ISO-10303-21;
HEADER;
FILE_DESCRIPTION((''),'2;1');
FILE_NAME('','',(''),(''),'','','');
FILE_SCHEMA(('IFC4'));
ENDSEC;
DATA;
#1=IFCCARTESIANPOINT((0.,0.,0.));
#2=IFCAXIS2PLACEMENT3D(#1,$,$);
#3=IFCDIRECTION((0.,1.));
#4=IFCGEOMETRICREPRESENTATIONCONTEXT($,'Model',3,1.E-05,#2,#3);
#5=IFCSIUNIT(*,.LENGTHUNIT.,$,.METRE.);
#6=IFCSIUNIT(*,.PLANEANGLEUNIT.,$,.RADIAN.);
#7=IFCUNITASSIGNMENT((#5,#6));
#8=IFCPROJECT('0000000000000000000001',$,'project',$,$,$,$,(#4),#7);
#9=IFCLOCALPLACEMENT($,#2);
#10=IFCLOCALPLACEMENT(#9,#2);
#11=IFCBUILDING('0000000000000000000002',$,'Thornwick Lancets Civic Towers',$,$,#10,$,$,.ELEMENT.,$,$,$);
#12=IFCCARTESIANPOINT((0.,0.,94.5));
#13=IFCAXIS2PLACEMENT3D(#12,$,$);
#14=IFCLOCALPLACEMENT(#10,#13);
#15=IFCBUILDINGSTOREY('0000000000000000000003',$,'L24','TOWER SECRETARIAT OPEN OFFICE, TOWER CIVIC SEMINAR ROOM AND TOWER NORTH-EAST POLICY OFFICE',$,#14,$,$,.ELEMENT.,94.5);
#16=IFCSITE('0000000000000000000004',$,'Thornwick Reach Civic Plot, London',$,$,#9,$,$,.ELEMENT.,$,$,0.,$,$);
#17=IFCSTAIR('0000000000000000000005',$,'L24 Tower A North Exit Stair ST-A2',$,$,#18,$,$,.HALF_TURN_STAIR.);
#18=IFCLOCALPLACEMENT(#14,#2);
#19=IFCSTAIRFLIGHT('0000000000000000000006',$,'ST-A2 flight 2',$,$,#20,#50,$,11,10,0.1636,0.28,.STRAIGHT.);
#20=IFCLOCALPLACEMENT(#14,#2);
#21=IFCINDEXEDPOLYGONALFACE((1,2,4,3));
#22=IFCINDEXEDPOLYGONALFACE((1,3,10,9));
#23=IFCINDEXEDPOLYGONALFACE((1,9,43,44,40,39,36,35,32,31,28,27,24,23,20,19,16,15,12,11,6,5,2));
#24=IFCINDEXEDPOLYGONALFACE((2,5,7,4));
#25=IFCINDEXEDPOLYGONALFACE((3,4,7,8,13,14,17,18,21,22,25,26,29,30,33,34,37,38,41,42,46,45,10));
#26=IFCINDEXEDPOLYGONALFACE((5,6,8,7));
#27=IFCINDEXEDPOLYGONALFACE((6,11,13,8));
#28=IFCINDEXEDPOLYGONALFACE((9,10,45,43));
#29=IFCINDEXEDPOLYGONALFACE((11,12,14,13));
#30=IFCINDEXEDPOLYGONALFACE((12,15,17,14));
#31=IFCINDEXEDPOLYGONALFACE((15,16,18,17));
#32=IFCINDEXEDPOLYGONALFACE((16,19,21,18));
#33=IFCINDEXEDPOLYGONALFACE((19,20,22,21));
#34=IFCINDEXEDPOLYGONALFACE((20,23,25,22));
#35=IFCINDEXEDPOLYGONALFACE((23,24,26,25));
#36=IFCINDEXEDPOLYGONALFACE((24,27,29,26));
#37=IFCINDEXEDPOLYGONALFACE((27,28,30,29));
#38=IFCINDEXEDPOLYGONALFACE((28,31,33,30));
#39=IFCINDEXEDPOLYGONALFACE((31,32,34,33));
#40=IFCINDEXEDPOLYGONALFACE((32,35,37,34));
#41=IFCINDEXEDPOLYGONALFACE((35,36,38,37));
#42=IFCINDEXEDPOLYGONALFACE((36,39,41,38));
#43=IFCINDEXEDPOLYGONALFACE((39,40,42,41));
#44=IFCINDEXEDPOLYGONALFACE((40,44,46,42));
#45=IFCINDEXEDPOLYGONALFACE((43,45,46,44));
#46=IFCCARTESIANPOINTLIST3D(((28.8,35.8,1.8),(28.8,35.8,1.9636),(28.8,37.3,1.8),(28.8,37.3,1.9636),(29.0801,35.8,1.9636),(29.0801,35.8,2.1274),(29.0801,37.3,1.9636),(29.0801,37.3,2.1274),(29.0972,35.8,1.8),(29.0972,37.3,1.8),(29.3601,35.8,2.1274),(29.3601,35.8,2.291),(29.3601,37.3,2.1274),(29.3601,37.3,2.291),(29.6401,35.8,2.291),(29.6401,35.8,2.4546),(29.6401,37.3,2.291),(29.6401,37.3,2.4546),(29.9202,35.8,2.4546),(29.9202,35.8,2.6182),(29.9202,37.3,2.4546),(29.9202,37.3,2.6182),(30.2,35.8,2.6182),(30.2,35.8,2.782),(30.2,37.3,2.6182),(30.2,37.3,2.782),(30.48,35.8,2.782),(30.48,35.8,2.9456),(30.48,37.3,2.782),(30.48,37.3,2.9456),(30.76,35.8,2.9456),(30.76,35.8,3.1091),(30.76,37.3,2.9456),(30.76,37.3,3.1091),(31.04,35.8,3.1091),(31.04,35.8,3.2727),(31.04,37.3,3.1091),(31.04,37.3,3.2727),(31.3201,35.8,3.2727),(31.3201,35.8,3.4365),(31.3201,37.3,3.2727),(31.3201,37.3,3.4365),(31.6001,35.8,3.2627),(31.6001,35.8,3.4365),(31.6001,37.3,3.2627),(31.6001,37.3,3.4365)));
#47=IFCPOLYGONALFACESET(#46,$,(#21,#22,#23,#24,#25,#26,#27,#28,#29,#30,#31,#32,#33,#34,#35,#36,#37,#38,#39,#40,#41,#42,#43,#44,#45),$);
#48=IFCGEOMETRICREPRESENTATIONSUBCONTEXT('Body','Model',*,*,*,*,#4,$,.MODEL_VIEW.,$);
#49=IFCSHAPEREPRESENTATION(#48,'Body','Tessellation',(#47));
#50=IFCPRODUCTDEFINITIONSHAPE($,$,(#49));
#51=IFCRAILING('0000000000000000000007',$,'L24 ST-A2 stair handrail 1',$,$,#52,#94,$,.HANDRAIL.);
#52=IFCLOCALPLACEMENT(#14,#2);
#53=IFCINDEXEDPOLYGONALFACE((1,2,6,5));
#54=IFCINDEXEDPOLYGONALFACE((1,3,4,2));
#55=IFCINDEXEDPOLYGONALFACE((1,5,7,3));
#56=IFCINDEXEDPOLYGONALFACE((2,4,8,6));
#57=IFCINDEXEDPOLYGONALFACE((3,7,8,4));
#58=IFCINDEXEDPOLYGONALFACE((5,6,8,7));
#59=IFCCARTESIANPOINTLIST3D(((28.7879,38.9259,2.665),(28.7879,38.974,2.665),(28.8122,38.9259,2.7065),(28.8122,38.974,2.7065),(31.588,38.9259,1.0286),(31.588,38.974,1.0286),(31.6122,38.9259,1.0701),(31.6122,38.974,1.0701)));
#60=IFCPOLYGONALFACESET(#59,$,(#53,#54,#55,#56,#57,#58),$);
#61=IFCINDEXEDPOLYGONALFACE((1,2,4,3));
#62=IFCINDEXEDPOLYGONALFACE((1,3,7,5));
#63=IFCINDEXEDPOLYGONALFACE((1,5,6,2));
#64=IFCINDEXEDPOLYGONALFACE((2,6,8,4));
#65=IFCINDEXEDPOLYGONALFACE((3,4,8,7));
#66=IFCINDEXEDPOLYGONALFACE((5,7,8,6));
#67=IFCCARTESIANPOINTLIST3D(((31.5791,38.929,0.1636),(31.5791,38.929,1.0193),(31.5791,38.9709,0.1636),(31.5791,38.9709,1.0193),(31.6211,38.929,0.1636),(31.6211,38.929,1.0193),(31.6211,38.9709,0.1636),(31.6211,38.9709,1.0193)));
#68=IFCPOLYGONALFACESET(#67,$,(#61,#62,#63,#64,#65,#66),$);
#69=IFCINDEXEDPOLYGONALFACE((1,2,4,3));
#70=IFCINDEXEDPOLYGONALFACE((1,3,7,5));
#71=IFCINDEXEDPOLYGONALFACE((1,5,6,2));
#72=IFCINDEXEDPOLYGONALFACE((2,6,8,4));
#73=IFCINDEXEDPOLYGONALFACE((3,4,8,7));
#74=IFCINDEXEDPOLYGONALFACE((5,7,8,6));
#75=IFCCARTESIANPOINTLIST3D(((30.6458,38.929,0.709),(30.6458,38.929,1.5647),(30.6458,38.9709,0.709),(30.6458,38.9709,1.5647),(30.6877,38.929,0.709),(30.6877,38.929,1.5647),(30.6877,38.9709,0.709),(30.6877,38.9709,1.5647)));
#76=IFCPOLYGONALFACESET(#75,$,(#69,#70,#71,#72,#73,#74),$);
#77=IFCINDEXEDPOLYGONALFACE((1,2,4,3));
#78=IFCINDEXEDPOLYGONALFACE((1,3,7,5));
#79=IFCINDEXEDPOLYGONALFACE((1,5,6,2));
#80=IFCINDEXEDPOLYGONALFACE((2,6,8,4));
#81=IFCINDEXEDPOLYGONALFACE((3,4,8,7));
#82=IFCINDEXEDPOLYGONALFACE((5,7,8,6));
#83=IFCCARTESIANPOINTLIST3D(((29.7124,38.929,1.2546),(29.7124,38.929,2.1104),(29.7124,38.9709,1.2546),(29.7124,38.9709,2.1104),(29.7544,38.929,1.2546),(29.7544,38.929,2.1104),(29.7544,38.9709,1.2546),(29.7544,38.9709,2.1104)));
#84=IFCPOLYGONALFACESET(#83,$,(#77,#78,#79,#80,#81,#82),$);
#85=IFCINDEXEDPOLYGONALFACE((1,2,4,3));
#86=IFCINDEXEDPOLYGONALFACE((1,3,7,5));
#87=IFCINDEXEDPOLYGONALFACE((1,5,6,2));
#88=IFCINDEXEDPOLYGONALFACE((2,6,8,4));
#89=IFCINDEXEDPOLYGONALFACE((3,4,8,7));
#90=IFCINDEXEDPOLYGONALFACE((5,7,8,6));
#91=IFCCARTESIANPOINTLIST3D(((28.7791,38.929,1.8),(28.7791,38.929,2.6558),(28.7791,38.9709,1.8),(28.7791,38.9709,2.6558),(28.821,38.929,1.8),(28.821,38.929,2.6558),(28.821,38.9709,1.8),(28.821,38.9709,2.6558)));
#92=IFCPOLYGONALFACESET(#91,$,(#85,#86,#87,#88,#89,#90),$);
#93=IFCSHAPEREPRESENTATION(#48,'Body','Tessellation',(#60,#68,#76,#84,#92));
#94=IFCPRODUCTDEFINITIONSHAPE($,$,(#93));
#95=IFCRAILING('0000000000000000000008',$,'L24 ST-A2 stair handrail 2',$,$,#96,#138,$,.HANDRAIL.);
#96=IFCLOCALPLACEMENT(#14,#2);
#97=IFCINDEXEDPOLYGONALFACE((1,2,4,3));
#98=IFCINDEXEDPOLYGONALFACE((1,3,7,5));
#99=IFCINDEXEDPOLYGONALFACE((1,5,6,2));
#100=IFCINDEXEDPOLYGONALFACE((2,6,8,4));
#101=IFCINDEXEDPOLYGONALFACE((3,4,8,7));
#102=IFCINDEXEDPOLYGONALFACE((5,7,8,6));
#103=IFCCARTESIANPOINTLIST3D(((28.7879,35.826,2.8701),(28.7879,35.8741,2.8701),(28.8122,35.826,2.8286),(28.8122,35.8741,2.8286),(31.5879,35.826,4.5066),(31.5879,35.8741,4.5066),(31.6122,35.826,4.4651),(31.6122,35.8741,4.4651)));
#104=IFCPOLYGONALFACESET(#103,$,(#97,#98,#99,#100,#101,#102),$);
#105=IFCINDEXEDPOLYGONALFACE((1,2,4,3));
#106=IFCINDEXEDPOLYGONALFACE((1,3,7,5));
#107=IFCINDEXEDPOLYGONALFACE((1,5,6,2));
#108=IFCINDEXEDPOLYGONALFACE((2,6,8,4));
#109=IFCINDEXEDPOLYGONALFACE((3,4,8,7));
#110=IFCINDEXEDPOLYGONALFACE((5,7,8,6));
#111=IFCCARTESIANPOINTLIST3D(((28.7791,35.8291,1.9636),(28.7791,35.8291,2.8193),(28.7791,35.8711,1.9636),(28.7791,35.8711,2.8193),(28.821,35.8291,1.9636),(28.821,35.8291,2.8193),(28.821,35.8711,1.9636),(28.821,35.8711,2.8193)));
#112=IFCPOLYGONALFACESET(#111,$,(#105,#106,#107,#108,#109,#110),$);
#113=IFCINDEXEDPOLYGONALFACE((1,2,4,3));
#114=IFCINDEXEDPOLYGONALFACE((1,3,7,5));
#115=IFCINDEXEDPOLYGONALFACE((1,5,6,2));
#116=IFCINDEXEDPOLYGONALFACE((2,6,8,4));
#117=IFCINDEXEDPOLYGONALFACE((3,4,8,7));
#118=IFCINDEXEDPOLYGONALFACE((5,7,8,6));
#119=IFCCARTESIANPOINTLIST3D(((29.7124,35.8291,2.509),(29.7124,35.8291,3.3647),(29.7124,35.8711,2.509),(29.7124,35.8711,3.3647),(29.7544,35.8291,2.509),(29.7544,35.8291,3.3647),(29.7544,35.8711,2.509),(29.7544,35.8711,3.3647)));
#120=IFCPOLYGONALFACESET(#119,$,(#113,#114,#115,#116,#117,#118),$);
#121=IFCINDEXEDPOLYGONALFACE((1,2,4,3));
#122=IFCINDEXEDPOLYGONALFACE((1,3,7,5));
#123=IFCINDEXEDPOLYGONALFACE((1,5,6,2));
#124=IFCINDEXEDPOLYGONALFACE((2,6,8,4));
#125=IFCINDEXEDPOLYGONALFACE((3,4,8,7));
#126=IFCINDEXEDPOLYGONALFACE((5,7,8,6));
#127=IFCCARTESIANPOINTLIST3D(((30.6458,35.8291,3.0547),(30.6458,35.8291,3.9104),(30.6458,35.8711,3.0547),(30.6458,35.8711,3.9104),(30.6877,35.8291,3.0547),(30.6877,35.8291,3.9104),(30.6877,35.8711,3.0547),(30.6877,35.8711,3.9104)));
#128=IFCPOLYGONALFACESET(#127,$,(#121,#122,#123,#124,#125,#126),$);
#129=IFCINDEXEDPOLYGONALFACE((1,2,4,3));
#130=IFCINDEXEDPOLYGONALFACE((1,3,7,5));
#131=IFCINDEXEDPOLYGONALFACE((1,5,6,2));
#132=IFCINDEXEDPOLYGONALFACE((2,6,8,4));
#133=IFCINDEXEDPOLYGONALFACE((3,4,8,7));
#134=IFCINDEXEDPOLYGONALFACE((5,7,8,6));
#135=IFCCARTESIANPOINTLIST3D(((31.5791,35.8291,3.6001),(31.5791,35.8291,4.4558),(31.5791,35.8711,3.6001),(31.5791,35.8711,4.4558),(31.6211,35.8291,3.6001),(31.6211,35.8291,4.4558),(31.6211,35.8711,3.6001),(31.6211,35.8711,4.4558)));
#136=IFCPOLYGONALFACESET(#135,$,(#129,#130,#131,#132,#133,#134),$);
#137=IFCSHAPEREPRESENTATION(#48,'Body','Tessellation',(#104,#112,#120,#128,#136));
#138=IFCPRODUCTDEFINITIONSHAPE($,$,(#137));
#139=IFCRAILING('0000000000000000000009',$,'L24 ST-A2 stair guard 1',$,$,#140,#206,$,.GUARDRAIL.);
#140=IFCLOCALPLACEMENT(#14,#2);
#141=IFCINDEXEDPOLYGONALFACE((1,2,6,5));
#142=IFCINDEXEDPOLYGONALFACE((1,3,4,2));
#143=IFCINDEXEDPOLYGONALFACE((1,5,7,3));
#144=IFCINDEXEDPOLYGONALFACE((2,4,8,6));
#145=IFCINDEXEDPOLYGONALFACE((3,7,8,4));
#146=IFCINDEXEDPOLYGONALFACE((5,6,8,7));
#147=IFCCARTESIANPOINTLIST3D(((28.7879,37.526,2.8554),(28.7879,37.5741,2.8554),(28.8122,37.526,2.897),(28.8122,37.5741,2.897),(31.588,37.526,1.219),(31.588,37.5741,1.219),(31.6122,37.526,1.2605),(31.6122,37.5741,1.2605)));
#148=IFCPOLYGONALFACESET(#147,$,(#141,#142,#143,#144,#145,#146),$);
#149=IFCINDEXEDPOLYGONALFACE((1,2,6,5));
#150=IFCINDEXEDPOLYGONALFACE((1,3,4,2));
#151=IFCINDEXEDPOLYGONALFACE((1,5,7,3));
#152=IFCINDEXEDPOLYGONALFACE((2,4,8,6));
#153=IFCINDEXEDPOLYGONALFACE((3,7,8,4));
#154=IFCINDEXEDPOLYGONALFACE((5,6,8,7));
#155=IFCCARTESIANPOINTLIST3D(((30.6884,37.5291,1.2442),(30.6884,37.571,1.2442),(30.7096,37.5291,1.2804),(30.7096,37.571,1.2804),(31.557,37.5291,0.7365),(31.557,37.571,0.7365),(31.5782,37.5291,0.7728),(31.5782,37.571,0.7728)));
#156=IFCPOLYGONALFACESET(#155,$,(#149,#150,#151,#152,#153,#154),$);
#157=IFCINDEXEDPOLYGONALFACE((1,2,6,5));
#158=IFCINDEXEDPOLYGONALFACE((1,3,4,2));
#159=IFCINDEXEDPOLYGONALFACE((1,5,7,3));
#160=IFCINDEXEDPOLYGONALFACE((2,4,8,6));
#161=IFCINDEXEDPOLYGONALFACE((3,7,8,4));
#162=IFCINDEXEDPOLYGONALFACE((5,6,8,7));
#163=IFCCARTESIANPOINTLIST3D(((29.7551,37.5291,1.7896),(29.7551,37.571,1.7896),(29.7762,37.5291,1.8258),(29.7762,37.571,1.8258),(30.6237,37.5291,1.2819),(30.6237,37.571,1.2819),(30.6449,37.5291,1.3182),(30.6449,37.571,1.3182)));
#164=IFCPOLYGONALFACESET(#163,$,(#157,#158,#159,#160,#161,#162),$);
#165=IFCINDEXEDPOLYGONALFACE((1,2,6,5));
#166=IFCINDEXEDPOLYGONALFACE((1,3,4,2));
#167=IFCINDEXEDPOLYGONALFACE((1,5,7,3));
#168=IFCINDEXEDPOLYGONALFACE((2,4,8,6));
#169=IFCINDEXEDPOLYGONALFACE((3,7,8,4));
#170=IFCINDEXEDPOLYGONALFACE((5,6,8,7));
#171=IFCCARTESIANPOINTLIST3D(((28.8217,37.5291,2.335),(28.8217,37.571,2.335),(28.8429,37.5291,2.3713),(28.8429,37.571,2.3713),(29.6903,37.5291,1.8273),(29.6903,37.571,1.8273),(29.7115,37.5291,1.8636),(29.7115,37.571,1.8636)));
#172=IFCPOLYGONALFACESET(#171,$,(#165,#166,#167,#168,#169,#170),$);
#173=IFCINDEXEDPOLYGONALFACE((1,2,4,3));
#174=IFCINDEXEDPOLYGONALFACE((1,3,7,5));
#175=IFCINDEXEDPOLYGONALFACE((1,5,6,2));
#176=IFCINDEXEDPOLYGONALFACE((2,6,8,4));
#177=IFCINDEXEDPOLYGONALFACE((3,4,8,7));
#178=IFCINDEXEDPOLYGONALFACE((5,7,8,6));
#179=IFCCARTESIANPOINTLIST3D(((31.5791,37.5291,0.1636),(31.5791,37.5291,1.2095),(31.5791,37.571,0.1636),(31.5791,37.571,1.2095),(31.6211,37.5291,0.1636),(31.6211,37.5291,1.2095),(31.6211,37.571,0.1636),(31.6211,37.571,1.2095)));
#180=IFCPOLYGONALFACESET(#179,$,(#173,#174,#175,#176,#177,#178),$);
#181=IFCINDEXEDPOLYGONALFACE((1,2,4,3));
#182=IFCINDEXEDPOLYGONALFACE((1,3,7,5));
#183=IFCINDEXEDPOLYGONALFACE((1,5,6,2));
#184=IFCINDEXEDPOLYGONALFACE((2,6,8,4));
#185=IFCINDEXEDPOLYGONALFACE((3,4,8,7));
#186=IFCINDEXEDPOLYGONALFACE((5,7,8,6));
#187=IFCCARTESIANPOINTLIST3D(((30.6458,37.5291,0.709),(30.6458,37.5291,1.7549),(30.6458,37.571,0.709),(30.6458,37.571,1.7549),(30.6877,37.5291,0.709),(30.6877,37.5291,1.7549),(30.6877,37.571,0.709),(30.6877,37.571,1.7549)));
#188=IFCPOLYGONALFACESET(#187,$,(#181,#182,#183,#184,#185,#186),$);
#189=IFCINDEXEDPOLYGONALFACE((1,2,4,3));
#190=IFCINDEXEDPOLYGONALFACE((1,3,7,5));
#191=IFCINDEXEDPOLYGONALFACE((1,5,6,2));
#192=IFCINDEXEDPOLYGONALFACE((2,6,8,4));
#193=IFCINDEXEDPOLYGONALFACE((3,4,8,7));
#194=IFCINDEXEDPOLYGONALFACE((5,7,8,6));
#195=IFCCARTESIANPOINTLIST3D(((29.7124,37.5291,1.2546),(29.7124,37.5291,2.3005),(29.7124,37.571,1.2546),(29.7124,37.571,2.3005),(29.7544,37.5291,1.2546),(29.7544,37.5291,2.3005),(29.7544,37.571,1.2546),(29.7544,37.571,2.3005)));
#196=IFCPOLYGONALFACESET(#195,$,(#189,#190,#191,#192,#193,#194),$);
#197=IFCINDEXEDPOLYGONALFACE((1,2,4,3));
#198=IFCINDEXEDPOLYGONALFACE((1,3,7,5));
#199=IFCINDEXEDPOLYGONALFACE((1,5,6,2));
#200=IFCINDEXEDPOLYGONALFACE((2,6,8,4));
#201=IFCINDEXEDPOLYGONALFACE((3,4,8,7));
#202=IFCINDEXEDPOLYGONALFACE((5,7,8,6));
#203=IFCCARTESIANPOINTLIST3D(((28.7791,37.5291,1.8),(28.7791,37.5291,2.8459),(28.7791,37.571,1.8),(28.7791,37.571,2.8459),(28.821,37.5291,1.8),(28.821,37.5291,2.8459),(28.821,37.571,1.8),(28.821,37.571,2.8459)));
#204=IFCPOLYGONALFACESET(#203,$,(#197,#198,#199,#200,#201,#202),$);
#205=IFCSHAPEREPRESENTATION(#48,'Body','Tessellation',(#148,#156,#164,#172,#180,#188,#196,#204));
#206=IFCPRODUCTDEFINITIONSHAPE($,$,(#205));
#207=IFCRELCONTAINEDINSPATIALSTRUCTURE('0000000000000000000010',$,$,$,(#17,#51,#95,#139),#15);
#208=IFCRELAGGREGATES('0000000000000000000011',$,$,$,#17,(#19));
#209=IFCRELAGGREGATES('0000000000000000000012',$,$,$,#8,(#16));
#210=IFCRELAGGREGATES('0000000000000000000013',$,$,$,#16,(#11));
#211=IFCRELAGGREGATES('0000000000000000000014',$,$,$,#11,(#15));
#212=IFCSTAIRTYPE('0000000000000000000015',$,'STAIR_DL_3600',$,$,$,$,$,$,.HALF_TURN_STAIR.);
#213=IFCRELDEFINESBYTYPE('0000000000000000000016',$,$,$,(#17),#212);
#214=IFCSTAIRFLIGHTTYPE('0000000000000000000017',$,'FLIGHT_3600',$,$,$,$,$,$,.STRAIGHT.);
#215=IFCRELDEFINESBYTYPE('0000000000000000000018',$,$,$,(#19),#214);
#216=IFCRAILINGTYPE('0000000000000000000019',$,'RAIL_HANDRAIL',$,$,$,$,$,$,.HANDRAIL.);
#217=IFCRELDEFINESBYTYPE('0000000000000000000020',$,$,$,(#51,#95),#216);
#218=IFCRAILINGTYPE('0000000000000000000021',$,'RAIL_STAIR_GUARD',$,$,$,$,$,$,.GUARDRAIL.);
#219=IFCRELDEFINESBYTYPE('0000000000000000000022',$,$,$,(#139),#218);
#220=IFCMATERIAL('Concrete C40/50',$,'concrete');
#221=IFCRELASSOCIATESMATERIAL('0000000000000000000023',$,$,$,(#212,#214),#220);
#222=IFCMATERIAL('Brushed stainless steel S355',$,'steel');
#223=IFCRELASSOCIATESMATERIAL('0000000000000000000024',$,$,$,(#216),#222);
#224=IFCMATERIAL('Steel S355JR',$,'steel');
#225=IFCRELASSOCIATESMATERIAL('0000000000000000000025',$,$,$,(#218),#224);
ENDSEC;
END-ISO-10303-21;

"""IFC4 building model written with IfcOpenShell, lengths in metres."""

from ifc_helpers import new_model, si_unit, direction, frame, origin, origin_2d, place, context, subcontext, project, spatial, polyline, rectangle, outline, extrude, material, type_object, element, aggregate, save


model = new_model("IFC4")

# Units and contexts
model_context = context("Model", 3, precision=1e-05, world=origin(), true_north=direction((0.0, 1.0)))
body_context = subcontext(model_context, "Body", "Model", "MODEL_VIEW")
ifc_project = project(units=[si_unit("LENGTHUNIT", "METRE"), si_unit("PLANEANGLEUNIT", "RADIAN")], contexts=[model_context])

# Site, building, storey
site_placement = place(None, origin())
site = spatial("IfcSite", under=ifc_project, at=site_placement, Name="Thornwick Reach Civic Plot, London", CompositionType="ELEMENT", RefElevation=0.0)
building_placement = place(site_placement, origin())
building = spatial("IfcBuilding", under=site, at=building_placement, Name="Thornwick Lancets Civic Towers", CompositionType="ELEMENT")
storey_placement = place(building_placement, frame((0.0, 0.0, 94.5)))
storey = spatial("IfcBuildingStorey", under=building, at=storey_placement, Name="L24", Description="TOWER SECRETARIAT OPEN OFFICE, TOWER CIVIC SEMINAR ROOM AND TOWER NORTH-EAST POLICY OFFICE", CompositionType="ELEMENT", Elevation=94.5)

# Shared definitions
ifc_material_1 = material(Name="Steel S355JR", Category="steel")
ifc_material_2 = material(Name="Concrete C40/50", Category="concrete")

# Stair, stair flight
stair_type = type_object("IfcStairType", Name="STAIR_DL_3600", PredefinedType="HALF_TURN_STAIR", material=ifc_material_2)
stair_placement = place(storey_placement, origin())
stair = element("IfcStair", 1, at=stair_placement, inside=storey, type_object=stair_type, Name="L24 Tower A North Exit Stair ST-A2", PredefinedType="HALF_TURN_STAIR")
stair_flight_type = type_object("IfcStairFlightType", Name="FLIGHT_3600", PredefinedType="STRAIGHT", material=ifc_material_2)
stair_flight_1_placement = place(storey_placement, frame((28.8, 36.55, 1.8), z_axis=(0.0, 0.0, 1.0), x_axis=(1.0, 0.0, 0.0)))
stair_flight_1 = element("IfcStairFlight", 2, at=stair_flight_1_placement, type_object=stair_flight_type, Name="ST-A2 flight 2", NumberOfRisers=11, NumberOfTreads=10, PredefinedType="STRAIGHT", RiserHeight=0.1636, TreadLength=0.28, context=body_context, shape_type="SweptSolid", body=[
    extrude(outline(polyline([(0.0, 0.0), (0.0, 0.1636), (0.28, 0.1636), (0.28, 0.3274), (0.5601, 0.3274), (0.5601, 0.491), (0.8401, 0.491), (0.8401, 0.6545), (1.1201, 0.6545), (1.1201, 0.8181), (1.3999, 0.8181), (1.3999, 0.9819), (1.6799, 0.9819), (1.6799, 1.1455), (1.96, 1.1455), (1.96, 1.3091), (2.24, 1.3091), (2.24, 1.4727), (2.52, 1.4727), (2.52, 1.6365), (2.8, 1.6365), (2.8, 1.8), (2.8, 1.4626), (0.2971, 0.0), (0.0, 0.0)])), frame((0.0, 0.75, 0.0), z_axis=(0.0, -1.0, 0.0), x_axis=(1.0, 0.0, 0.0)), (0.0, 0.0, 1.0), 1.5),
])
aggregate(stair, [stair_flight_1])

# Railings
ifc_material_3 = material(Name="Brushed stainless steel S355", Category="steel")
railing_type_1 = type_object("IfcRailingType", Name="RAIL_HANDRAIL", PredefinedType="HANDRAIL", material=ifc_material_3)
railing_1_placement = place(storey_placement, frame((31.6001, 38.95, 0.1636)))
element("IfcRailing", 3, at=railing_1_placement, inside=storey, type_object=railing_type_1, Name="L24 ST-A2 stair handrail 1", PredefinedType="HANDRAIL", context=body_context, shape_type="SweptSolid", body=[
    extrude(rectangle(XDim=0.0481, YDim=0.0481, at=origin_2d()), frame((0.0, 0.0, 0.8857), z_axis=(-0.863361, 0.0, 0.504587), x_axis=(0.0, -1.0, 0.0)), (0.0, 0.0, 1.0), 3.2432),
    extrude(rectangle(XDim=0.042, YDim=0.042, at=origin_2d()), origin(), (0.0, 0.0, 1.0), 0.8557),
    extrude(rectangle(XDim=0.042, YDim=0.042, at=origin_2d()), frame((-0.9333, 0.0, 0.5454)), (0.0, 0.0, 1.0), 0.8557),
    extrude(rectangle(XDim=0.042, YDim=0.042, at=origin_2d()), frame((-1.8667, 0.0, 1.0911)), (0.0, 0.0, 1.0), 0.8557),
    extrude(rectangle(XDim=0.042, YDim=0.042, at=origin_2d()), frame((-2.8, 0.0, 1.6365)), (0.0, 0.0, 1.0), 0.8557),
])
railing_2_placement = place(storey_placement, frame((28.8, 35.8501, 1.9636)))
element("IfcRailing", 4, at=railing_2_placement, inside=storey, type_object=railing_type_1, Name="L24 ST-A2 stair handrail 2", PredefinedType="HANDRAIL", context=body_context, shape_type="SweptSolid", body=[
    extrude(rectangle(XDim=0.0481, YDim=0.0481, at=origin_2d()), frame((0.0, 0.0, 0.8857), z_axis=(0.863361, 0.0, 0.504587), x_axis=(0.0, 1.0, 0.0)), (0.0, 0.0, 1.0), 3.2432),
    extrude(rectangle(XDim=0.042, YDim=0.042, at=origin_2d()), origin(), (0.0, 0.0, 1.0), 0.8557),
    extrude(rectangle(XDim=0.042, YDim=0.042, at=origin_2d()), frame((0.9333, 0.0, 0.5454)), (0.0, 0.0, 1.0), 0.8557),
    extrude(rectangle(XDim=0.042, YDim=0.042, at=origin_2d()), frame((1.8667, 0.0, 1.0911)), (0.0, 0.0, 1.0), 0.8557),
    extrude(rectangle(XDim=0.042, YDim=0.042, at=origin_2d()), frame((2.8, 0.0, 1.6365)), (0.0, 0.0, 1.0), 0.8557),
])
railing_type_2 = type_object("IfcRailingType", Name="RAIL_STAIR_GUARD", PredefinedType="GUARDRAIL", material=ifc_material_1)
railing_3_placement = place(storey_placement, frame((31.6001, 37.55, 0.1636)))
element("IfcRailing", 5, at=railing_3_placement, inside=storey, type_object=railing_type_2, Name="L24 ST-A2 stair guard 1", PredefinedType="GUARDRAIL", context=body_context, shape_type="SweptSolid", body=[
    extrude(rectangle(XDim=0.0481, YDim=0.0481, at=origin_2d()), frame((0.0, 0.0, 1.0762), z_axis=(-0.863361, 0.0, 0.504587), x_axis=(0.0, -1.0, 0.0)), (0.0, 0.0, 1.0), 3.2432),
    extrude(rectangle(XDim=0.042, YDim=0.042, at=origin_2d()), frame((-0.0325, 0.0, 0.5911), z_axis=(-0.863361, 0.0, 0.504587), x_axis=(0.0, -1.0, 0.0)), (0.0, 0.0, 1.0), 1.0061),
    extrude(rectangle(XDim=0.042, YDim=0.042, at=origin_2d()), frame((-0.9658, 0.0, 1.1365), z_axis=(-0.863361, 0.0, 0.504587), x_axis=(0.0, -1.0, 0.0)), (0.0, 0.0, 1.0), 1.0061),
    extrude(rectangle(XDim=0.042, YDim=0.042, at=origin_2d()), frame((-1.8992, 0.0, 1.6819), z_axis=(-0.863361, 0.0, 0.504587), x_axis=(0.0, -1.0, 0.0)), (0.0, 0.0, 1.0), 1.0061),
    extrude(rectangle(XDim=0.042, YDim=0.042, at=origin_2d()), origin(), (0.0, 0.0, 1.0), 1.0459),
    extrude(rectangle(XDim=0.042, YDim=0.042, at=origin_2d()), frame((-0.9333, 0.0, 0.5454)), (0.0, 0.0, 1.0), 1.0459),
    extrude(rectangle(XDim=0.042, YDim=0.042, at=origin_2d()), frame((-1.8667, 0.0, 1.0911)), (0.0, 0.0, 1.0), 1.0459),
    extrude(rectangle(XDim=0.042, YDim=0.042, at=origin_2d()), frame((-2.8, 0.0, 1.6365)), (0.0, 0.0, 1.0), 1.0459),
])

save(model, "model.ifc")
